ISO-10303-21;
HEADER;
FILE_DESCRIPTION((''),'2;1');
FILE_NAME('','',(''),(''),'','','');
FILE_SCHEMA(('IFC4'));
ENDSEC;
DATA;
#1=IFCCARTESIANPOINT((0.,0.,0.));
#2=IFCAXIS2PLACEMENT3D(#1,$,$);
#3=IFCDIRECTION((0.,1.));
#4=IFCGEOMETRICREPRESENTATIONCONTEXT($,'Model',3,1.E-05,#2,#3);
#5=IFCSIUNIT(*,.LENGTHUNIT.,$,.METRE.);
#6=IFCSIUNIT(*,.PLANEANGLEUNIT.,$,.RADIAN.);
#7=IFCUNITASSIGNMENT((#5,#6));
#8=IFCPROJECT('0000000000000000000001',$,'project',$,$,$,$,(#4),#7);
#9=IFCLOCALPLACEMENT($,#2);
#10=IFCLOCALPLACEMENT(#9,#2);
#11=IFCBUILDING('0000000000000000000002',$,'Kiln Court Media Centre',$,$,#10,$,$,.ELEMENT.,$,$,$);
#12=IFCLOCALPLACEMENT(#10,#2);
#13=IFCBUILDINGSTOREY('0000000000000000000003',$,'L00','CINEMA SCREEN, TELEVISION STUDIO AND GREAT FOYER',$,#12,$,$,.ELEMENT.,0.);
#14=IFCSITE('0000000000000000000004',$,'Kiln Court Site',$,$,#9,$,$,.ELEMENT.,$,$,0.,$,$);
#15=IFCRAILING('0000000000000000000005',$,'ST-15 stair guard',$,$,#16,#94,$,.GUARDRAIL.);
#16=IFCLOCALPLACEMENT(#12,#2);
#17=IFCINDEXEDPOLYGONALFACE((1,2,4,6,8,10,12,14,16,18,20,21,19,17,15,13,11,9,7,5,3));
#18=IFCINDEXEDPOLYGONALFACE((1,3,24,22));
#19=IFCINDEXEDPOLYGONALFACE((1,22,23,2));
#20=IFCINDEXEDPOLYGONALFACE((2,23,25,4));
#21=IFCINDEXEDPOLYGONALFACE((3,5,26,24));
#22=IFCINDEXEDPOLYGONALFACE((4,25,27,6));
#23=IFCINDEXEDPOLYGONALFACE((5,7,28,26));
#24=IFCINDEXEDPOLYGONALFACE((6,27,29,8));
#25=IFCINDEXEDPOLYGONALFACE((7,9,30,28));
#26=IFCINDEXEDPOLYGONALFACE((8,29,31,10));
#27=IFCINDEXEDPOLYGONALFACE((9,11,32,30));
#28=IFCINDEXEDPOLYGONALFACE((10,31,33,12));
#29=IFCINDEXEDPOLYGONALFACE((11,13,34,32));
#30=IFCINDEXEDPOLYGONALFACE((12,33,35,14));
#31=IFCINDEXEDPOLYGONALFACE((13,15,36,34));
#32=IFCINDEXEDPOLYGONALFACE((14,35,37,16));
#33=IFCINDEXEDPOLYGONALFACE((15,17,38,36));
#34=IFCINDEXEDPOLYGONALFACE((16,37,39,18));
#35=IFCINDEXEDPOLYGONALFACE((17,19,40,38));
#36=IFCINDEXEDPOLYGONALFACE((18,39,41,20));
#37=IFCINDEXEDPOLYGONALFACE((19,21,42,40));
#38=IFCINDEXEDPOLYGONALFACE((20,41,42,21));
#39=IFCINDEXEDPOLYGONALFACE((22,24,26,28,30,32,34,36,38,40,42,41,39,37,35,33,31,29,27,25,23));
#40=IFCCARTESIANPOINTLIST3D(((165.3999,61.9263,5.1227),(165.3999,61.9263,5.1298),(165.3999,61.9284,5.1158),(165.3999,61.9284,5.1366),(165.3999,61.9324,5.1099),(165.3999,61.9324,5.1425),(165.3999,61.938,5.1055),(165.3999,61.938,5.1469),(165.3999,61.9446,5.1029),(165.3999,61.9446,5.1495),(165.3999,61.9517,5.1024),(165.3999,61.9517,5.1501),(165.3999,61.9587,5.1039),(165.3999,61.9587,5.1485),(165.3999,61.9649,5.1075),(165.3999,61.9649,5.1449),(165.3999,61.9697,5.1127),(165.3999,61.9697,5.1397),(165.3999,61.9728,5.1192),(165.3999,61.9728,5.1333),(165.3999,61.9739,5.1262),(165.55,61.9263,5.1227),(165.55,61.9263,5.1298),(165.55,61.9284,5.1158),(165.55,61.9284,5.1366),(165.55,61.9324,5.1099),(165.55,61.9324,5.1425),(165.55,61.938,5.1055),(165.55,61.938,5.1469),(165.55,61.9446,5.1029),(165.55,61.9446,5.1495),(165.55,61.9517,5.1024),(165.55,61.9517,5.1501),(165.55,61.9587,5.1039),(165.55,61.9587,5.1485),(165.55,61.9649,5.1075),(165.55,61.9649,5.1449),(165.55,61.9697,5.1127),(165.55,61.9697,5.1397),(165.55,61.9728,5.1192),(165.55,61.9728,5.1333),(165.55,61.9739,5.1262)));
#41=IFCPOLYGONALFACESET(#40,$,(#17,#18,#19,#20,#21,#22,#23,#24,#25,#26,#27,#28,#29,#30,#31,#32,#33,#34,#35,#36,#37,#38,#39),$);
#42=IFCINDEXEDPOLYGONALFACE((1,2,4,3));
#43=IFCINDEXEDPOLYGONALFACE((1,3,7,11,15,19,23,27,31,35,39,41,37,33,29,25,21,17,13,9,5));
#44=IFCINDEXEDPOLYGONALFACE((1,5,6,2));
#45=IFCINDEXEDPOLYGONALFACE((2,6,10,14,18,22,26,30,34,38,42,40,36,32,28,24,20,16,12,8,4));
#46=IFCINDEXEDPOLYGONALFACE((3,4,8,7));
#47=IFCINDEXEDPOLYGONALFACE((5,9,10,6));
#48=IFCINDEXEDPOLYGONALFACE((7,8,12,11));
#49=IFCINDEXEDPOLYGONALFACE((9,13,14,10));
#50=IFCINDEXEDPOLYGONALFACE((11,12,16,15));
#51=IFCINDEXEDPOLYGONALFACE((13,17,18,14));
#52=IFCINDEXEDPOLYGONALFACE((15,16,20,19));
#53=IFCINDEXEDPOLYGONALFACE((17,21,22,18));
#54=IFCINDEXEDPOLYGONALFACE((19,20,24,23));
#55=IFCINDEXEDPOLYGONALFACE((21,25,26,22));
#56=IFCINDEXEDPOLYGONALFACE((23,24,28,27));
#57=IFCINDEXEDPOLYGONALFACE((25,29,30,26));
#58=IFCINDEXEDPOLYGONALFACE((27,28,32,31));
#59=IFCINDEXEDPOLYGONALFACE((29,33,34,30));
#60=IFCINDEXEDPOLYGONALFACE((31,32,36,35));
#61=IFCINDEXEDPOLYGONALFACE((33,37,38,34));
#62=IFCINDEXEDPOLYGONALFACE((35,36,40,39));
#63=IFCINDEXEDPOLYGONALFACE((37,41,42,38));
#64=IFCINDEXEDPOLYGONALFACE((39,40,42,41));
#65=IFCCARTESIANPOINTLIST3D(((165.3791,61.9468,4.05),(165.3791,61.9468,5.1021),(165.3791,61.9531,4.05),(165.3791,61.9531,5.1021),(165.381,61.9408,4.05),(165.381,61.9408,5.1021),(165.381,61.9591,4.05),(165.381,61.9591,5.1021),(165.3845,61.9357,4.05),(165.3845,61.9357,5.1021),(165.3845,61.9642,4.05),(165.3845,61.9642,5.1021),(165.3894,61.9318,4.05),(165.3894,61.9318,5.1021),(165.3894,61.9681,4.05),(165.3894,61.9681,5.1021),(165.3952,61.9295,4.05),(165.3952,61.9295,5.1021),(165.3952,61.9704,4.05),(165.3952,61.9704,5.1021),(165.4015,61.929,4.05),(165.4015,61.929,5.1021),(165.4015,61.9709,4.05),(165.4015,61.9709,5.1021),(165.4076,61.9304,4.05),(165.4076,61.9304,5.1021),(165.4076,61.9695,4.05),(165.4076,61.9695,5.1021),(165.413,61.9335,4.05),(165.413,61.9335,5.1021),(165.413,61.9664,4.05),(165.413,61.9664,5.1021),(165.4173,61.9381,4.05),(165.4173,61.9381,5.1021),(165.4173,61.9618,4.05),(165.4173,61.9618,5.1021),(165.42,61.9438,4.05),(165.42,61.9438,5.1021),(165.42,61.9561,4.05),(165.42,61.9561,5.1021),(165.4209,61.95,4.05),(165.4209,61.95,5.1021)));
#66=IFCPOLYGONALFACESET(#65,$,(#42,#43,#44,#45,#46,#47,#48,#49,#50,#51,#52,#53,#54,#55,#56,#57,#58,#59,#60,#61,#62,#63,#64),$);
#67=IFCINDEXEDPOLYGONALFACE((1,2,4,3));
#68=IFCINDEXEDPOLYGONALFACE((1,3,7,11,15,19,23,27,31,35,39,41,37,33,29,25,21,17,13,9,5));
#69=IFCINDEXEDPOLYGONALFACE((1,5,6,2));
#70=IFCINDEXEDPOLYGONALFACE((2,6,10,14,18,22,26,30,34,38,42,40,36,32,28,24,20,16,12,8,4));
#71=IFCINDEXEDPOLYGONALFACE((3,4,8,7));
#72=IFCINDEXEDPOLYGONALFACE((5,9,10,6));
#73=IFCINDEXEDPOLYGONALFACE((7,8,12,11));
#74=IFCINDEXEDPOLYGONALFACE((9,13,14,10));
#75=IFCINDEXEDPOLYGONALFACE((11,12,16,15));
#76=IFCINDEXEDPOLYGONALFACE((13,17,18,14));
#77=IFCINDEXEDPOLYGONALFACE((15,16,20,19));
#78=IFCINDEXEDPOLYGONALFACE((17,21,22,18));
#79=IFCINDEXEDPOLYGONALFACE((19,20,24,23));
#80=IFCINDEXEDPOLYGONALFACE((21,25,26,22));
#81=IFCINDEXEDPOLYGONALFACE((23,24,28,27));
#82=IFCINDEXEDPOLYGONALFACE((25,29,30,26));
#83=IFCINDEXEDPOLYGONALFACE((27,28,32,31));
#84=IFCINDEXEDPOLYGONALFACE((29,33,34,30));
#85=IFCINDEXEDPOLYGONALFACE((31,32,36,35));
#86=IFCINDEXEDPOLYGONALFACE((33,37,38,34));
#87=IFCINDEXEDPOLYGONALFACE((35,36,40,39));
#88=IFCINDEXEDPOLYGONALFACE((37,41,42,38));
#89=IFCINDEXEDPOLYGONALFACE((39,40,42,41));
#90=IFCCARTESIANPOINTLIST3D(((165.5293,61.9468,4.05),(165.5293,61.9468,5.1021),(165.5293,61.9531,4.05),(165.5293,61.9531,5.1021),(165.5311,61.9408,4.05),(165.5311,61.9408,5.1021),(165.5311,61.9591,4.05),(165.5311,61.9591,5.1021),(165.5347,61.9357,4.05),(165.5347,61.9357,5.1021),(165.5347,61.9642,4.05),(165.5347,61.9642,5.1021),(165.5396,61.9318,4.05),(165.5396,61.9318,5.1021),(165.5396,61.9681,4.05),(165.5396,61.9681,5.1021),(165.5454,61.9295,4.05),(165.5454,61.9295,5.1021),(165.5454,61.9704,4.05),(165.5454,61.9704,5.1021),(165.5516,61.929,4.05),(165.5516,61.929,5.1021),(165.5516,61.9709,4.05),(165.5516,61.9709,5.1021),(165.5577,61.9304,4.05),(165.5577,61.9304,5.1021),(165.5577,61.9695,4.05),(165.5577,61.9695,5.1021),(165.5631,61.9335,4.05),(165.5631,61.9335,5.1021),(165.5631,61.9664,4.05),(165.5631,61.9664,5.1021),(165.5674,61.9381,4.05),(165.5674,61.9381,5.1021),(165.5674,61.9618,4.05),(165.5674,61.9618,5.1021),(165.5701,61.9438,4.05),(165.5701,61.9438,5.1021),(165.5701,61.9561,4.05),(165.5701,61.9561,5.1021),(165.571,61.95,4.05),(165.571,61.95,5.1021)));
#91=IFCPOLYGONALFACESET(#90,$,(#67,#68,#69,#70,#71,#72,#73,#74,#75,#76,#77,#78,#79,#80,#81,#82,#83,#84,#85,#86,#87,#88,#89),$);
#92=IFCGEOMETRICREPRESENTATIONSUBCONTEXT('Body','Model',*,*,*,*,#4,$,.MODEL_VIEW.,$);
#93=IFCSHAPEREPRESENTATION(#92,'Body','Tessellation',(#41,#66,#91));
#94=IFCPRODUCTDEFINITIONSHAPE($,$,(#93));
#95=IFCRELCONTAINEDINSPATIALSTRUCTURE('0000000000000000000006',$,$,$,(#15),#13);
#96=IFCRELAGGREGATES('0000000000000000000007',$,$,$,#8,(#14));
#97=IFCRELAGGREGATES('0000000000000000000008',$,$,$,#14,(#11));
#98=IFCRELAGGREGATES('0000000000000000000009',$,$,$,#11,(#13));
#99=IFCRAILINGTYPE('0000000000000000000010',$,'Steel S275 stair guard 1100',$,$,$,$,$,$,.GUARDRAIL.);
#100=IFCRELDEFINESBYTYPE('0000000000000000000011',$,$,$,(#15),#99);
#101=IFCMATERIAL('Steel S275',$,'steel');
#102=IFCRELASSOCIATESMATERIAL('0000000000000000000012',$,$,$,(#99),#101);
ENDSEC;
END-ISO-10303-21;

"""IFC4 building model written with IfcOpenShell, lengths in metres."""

from ifc_helpers import new_model, si_unit, direction, frame, origin, origin_2d, place, context, subcontext, project, spatial, circle, extrude, material, type_object, element, save


model = new_model("IFC4")

# Units and contexts
model_context = context("Model", 3, precision=1e-05, world=origin(), true_north=direction((0.0, 1.0)))
body_context = subcontext(model_context, "Body", "Model", "MODEL_VIEW")
ifc_project = project(units=[si_unit("LENGTHUNIT", "METRE"), si_unit("PLANEANGLEUNIT", "RADIAN")], contexts=[model_context])

# Site, building, storey
site_placement = place(None, origin())
site = spatial("IfcSite", under=ifc_project, at=site_placement, Name="Kiln Court Site", CompositionType="ELEMENT", RefElevation=0.0)
building_placement = place(site_placement, origin())
building = spatial("IfcBuilding", under=site, at=building_placement, Name="Kiln Court Media Centre", CompositionType="ELEMENT")
storey_placement = place(building_placement, origin())
storey = spatial("IfcBuildingStorey", under=building, at=storey_placement, Name="L00", Description="CINEMA SCREEN, TELEVISION STUDIO AND GREAT FOYER", CompositionType="ELEMENT", Elevation=0.0)

# Railing
ifc_material_1 = material(Name="Steel S275", Category="steel")
railing_type_1 = type_object("IfcRailingType", Name="Steel S275 stair guard 1100", PredefinedType="GUARDRAIL", material=ifc_material_1)
railing_1_placement = place(storey_placement, frame((165.3999, 61.95, 4.05)))
element("IfcRailing", 1, at=railing_1_placement, inside=storey, type_object=railing_type_1, Name="ST-15 stair guard", PredefinedType="GUARDRAIL", context=body_context, shape_type="SweptSolid", body=[
    extrude(circle(Radius=0.0239, at=origin_2d()), frame((0.0, 0.0, 1.0762), z_axis=(1.0, 0.0, 0.0), x_axis=(0.0, 1.0, 0.0)), (0.0, 0.0, 1.0), 0.1501),
    extrude(circle(Radius=0.021, at=origin_2d()), origin(), (0.0, 0.0, 1.0), 1.052),
    extrude(circle(Radius=0.021, at=origin_2d()), frame((0.1501, 0.0, 0.0)), (0.0, 0.0, 1.0), 1.052),
])

save(model, "model.ifc")
